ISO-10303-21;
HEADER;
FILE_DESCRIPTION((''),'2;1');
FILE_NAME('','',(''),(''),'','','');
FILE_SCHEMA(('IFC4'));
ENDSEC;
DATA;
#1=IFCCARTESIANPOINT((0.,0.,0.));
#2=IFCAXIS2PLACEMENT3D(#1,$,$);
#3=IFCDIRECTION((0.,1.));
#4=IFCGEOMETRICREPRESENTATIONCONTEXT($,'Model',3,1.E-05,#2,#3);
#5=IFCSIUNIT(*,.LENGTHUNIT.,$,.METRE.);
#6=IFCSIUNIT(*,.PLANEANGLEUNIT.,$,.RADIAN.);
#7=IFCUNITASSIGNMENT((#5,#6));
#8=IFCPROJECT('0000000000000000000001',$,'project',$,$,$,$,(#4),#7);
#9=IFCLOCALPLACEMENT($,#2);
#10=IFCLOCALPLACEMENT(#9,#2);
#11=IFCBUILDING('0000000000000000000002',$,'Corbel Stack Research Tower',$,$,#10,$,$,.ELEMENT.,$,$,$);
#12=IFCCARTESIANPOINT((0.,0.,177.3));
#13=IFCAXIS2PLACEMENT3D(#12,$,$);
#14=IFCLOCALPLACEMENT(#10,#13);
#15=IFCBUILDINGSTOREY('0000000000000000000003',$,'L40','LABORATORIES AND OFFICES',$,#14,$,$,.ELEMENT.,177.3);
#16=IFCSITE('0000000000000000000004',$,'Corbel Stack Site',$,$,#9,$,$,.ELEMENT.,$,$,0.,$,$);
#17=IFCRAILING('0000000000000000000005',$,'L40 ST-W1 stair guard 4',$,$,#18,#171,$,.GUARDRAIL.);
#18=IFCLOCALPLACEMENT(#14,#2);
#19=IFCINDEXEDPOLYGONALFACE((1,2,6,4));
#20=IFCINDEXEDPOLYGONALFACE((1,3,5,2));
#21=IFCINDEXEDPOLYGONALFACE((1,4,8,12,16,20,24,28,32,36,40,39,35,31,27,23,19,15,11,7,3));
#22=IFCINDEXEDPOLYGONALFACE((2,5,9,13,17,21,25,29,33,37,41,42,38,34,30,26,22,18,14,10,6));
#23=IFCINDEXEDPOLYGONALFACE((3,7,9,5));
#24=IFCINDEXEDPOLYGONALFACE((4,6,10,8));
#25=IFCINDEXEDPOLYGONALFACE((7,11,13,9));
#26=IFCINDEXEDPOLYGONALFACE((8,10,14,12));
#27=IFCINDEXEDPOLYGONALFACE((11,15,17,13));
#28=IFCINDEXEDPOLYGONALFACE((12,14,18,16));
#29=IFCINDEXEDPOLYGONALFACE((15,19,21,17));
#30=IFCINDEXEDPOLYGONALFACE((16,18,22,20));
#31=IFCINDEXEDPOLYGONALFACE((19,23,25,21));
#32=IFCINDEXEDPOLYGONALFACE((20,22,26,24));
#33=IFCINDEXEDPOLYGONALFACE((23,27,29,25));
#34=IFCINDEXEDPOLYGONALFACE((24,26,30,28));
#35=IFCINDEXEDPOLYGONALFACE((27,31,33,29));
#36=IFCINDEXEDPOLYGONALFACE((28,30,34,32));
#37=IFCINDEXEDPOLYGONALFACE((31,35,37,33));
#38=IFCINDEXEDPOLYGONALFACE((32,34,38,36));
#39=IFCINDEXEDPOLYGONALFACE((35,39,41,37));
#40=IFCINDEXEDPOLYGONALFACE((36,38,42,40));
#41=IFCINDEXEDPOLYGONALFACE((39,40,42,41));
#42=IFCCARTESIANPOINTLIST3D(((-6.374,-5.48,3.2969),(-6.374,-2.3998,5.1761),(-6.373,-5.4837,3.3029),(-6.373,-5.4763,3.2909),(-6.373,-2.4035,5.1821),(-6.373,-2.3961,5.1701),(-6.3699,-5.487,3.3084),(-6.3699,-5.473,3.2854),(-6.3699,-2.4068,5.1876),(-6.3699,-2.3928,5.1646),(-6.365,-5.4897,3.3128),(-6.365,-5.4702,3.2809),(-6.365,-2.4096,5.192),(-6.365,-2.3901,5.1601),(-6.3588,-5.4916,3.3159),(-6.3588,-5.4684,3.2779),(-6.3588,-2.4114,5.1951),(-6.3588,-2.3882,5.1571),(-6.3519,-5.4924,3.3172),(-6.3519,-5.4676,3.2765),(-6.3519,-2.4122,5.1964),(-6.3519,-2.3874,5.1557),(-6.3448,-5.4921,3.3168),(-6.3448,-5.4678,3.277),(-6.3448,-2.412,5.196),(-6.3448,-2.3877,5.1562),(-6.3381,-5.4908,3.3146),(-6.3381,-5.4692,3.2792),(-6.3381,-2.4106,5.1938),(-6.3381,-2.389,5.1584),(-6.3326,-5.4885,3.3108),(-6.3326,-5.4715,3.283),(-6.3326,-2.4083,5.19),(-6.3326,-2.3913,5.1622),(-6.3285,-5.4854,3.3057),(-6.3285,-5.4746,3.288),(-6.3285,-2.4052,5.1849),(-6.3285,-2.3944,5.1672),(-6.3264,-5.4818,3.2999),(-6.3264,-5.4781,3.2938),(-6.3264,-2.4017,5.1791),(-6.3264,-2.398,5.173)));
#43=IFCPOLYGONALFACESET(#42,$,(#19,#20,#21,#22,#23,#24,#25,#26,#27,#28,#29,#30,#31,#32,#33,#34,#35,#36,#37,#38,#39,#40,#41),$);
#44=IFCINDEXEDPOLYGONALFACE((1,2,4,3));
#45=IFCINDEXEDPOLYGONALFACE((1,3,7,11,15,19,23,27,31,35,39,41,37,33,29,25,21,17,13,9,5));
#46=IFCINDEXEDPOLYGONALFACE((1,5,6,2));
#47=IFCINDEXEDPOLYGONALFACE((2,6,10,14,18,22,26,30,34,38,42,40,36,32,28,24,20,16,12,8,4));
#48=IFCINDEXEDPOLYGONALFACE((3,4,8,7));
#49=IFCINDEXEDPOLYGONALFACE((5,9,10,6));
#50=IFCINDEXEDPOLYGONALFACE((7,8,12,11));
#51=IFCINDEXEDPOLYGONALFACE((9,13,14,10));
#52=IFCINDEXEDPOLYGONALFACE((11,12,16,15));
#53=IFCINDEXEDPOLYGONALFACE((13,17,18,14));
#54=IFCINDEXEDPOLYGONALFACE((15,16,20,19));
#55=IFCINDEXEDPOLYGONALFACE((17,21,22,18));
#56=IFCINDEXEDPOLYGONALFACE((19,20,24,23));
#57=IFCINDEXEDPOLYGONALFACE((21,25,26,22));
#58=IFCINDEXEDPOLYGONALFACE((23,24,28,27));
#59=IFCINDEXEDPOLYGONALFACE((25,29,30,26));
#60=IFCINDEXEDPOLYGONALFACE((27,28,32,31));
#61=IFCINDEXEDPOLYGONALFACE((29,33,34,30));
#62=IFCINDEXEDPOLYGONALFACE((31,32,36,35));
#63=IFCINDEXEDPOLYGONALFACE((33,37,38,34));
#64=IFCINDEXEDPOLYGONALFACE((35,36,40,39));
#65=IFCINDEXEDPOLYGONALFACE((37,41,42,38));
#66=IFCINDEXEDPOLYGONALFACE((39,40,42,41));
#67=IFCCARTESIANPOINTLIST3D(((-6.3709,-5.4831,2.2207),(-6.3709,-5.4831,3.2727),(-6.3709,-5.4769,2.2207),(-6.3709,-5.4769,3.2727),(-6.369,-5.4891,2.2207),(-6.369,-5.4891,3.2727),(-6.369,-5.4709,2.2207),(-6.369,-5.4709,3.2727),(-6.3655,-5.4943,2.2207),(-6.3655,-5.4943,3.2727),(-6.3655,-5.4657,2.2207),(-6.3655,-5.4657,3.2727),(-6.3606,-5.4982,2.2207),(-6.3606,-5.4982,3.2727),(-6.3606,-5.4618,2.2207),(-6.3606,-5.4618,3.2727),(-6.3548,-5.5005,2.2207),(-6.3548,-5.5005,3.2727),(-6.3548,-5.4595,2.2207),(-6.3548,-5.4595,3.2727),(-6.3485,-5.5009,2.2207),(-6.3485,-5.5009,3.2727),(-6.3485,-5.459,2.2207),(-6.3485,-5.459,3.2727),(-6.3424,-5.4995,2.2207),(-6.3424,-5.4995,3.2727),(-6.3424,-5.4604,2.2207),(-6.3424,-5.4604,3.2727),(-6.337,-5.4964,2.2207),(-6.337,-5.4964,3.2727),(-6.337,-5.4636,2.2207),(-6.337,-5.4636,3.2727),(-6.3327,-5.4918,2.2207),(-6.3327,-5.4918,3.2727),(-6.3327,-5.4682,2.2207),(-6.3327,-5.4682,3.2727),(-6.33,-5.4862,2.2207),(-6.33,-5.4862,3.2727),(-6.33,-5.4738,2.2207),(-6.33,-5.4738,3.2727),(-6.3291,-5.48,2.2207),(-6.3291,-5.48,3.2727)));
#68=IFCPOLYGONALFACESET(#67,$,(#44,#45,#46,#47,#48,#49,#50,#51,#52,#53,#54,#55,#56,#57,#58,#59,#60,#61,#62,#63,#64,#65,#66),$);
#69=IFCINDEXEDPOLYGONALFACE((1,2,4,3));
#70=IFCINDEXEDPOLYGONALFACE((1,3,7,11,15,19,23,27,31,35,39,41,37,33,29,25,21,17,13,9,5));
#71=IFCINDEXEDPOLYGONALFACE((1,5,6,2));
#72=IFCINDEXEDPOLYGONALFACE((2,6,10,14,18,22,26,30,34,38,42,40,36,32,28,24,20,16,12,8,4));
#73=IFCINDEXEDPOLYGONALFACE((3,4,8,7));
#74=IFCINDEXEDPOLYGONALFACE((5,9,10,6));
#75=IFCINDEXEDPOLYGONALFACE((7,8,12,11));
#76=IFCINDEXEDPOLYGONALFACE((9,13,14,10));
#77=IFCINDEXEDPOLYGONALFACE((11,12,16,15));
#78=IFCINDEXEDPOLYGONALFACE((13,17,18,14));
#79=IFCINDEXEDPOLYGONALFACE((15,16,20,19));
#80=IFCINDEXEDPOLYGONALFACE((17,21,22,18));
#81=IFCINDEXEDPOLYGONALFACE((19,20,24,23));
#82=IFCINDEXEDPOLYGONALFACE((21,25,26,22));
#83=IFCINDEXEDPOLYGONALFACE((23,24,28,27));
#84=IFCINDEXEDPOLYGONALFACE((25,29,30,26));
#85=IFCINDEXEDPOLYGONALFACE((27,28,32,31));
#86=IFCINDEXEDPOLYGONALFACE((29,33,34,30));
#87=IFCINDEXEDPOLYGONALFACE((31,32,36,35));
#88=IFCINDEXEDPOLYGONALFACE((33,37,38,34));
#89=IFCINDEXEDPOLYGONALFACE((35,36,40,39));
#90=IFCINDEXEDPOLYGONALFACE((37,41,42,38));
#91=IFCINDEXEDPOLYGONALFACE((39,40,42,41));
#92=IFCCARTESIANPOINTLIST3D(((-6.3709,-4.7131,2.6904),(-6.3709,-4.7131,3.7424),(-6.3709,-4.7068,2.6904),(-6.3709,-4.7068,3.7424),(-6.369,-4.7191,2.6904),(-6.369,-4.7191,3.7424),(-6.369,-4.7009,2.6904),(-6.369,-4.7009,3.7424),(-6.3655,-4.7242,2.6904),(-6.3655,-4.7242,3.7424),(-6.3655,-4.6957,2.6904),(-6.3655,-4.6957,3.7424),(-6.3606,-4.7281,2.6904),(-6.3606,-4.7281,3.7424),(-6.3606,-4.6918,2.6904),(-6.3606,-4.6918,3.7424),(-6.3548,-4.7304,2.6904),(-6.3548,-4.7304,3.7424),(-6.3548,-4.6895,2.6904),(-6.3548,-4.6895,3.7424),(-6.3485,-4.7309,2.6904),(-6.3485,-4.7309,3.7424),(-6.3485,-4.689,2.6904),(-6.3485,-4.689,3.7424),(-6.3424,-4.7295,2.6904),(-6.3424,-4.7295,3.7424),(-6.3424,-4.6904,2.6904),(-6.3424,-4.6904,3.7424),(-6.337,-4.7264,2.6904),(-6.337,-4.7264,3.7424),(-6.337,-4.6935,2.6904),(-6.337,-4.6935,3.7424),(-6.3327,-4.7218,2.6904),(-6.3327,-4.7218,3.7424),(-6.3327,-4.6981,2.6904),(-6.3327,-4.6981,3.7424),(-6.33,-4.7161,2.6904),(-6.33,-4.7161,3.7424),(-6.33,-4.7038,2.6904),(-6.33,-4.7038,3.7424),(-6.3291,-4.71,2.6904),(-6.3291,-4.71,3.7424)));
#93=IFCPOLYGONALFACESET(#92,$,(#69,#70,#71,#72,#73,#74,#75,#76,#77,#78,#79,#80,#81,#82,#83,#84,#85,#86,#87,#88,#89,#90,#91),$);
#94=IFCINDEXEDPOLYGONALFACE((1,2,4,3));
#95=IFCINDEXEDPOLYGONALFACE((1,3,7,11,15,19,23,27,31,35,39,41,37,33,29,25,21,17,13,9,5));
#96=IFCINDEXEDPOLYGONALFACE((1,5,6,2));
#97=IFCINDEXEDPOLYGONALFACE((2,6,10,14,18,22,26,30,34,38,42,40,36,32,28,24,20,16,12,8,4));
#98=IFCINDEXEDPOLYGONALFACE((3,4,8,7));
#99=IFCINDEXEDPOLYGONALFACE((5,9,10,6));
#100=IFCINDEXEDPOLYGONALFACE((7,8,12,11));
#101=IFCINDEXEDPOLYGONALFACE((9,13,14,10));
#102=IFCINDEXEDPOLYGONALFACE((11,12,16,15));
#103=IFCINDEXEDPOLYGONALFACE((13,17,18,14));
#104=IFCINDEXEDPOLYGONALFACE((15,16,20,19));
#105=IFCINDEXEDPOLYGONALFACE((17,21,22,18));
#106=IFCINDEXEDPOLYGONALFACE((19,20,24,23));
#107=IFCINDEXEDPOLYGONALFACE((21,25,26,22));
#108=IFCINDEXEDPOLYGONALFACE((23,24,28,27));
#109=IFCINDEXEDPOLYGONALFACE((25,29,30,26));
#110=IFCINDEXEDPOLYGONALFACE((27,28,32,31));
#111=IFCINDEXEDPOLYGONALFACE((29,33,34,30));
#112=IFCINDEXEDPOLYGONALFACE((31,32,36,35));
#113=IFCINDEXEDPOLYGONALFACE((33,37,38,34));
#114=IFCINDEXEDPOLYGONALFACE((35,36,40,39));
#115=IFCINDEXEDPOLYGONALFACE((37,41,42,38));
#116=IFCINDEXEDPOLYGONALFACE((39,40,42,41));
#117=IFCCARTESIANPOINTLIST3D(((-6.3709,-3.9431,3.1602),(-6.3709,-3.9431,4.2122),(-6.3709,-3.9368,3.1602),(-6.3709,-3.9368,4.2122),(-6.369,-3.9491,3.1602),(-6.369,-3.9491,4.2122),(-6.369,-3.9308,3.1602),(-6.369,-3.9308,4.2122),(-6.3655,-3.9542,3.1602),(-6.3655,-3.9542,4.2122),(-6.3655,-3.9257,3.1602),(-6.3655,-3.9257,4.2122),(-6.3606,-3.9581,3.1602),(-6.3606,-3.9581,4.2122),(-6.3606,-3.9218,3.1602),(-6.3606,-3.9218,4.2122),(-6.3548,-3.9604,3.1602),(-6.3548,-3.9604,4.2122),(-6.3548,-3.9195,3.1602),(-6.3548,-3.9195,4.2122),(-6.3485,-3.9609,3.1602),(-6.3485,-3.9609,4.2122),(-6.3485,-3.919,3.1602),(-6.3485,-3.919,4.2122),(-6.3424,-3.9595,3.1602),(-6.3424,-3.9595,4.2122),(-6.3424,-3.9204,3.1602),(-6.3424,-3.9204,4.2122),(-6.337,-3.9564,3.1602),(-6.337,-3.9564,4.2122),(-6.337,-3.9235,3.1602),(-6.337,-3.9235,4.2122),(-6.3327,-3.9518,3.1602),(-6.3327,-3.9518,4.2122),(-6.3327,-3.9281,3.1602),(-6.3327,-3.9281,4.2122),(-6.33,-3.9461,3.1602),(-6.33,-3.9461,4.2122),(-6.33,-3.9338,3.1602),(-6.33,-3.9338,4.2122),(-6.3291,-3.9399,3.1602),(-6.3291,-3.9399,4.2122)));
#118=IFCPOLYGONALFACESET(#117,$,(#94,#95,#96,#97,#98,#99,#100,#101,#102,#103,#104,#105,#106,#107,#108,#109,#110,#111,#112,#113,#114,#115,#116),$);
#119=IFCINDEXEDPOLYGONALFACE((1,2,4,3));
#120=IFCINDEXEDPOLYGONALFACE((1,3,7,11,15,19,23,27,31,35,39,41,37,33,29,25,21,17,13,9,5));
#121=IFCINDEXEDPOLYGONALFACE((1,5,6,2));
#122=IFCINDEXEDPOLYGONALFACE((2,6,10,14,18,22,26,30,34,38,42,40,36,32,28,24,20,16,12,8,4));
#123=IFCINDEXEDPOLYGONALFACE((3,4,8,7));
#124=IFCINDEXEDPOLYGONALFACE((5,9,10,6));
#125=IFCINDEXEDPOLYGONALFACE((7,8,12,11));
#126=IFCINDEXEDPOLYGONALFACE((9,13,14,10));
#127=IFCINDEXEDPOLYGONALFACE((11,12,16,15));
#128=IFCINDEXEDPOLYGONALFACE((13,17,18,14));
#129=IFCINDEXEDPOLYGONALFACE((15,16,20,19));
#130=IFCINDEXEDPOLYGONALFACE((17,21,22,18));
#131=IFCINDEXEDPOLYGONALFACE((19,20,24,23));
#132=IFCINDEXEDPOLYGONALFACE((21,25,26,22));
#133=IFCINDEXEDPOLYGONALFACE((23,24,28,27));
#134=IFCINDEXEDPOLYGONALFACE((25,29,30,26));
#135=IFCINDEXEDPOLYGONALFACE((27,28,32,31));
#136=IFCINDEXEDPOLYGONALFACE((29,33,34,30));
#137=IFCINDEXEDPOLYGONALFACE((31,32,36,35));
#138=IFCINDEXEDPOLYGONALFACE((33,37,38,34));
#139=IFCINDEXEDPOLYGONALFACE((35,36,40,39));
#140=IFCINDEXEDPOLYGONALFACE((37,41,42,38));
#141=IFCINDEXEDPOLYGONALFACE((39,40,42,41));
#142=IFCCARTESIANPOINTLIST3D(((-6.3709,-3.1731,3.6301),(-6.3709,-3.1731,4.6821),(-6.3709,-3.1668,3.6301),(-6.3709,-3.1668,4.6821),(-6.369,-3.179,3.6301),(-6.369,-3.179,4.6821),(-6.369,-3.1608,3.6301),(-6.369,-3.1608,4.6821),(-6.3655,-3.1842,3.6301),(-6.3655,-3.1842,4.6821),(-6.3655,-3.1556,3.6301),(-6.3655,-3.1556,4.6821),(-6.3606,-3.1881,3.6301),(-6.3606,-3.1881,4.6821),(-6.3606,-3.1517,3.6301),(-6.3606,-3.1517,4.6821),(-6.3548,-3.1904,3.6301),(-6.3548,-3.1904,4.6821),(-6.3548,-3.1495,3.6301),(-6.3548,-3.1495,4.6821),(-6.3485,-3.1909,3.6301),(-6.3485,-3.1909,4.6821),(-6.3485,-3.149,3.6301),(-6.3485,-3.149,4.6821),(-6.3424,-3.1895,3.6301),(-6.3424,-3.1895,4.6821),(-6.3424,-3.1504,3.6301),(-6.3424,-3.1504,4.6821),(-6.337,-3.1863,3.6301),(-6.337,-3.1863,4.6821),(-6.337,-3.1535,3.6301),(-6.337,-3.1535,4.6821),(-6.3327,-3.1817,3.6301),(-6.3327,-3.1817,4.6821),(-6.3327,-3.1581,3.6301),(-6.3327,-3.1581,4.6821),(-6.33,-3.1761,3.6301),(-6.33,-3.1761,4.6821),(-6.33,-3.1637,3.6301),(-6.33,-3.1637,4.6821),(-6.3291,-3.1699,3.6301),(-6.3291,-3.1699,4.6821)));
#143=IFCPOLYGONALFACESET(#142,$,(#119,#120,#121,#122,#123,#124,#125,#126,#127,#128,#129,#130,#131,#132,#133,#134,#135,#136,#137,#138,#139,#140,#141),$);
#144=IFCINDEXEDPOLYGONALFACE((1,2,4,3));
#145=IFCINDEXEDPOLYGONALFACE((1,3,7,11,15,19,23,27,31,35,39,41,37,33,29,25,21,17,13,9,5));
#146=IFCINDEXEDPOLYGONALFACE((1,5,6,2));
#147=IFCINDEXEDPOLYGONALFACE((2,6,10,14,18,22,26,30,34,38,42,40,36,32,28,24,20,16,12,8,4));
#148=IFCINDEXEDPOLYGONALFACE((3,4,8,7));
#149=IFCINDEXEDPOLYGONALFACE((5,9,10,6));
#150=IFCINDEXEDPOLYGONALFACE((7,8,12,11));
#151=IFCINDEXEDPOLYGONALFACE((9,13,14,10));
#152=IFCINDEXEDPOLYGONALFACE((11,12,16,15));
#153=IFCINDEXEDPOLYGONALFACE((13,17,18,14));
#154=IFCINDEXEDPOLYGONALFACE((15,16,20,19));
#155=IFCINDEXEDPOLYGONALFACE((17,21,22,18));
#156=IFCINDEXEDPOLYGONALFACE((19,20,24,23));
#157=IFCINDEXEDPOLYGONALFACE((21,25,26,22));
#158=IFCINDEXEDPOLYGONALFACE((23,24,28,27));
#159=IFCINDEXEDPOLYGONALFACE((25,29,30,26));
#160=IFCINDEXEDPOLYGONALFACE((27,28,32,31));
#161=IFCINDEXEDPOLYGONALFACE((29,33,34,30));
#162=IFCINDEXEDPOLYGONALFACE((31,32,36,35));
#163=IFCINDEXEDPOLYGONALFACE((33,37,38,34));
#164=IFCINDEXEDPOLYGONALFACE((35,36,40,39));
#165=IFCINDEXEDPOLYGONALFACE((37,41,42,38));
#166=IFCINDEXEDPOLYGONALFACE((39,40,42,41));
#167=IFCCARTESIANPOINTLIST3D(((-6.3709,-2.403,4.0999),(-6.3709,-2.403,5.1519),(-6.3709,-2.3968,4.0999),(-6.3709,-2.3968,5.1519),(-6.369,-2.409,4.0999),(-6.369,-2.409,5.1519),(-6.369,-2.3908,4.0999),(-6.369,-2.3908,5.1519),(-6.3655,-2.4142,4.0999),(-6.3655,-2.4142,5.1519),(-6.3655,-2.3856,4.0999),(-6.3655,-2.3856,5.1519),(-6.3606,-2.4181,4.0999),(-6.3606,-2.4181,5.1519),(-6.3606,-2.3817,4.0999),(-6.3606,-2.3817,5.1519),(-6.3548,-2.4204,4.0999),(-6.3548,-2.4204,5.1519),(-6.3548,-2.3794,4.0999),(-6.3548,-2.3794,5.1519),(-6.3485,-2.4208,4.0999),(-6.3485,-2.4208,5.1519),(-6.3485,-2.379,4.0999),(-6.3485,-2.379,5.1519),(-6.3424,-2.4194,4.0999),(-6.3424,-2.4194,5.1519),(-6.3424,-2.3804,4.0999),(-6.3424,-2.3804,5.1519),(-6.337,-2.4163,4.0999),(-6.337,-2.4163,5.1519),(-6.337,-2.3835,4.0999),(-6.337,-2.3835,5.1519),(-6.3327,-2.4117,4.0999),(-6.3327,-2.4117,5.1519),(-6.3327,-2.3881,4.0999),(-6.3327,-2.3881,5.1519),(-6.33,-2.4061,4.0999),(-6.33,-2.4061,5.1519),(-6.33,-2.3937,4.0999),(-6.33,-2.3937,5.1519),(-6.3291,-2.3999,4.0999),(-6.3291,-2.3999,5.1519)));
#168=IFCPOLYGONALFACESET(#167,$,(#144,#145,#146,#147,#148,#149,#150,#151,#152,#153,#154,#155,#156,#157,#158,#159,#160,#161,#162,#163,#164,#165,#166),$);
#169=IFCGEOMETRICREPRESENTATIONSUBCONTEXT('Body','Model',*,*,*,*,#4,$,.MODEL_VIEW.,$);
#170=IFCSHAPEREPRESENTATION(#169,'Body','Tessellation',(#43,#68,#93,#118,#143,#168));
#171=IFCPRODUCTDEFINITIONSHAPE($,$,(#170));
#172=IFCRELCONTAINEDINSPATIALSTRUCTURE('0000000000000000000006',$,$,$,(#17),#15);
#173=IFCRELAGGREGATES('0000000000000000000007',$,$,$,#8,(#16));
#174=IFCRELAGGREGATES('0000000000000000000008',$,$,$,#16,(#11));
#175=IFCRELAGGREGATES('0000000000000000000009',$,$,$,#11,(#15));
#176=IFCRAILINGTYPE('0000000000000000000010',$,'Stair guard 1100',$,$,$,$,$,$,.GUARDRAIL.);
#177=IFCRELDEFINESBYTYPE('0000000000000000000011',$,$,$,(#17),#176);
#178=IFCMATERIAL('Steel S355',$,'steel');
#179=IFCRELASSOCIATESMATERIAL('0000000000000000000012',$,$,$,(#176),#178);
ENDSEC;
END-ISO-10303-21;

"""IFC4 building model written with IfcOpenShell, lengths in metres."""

from ifc_helpers import new_model, si_unit, direction, frame, origin, origin_2d, place, context, subcontext, project, spatial, circle, extrude, material, type_object, element, save


model = new_model("IFC4")

# Units and contexts
model_context = context("Model", 3, precision=1e-05, world=origin(), true_north=direction((0.0, 1.0)))
body_context = subcontext(model_context, "Body", "Model", "MODEL_VIEW")
ifc_project = project(units=[si_unit("LENGTHUNIT", "METRE"), si_unit("PLANEANGLEUNIT", "RADIAN")], contexts=[model_context])

# Site, building, storey
site_placement = place(None, origin())
site = spatial("IfcSite", under=ifc_project, at=site_placement, Name="Corbel Stack Site", CompositionType="ELEMENT", RefElevation=0.0)
building_placement = place(site_placement, origin())
building = spatial("IfcBuilding", under=site, at=building_placement, Name="Corbel Stack Research Tower", CompositionType="ELEMENT")
storey_placement = place(building_placement, frame((0.0, 0.0, 177.3)))
storey = spatial("IfcBuildingStorey", under=building, at=storey_placement, Name="L40", Description="LABORATORIES AND OFFICES", CompositionType="ELEMENT", Elevation=177.3)

# Railing
ifc_material_1 = material(Name="Steel S355", Category="steel")
railing_type_1 = type_object("IfcRailingType", Name="Stair guard 1100", PredefinedType="GUARDRAIL", material=ifc_material_1)
railing_1_placement = place(storey_placement, frame((-6.3501, -5.48, 2.2207)))
element("IfcRailing", 1, at=railing_1_placement, inside=storey, type_object=railing_type_1, Name="L40 ST-W1 stair guard 4", PredefinedType="GUARDRAIL", context=body_context, shape_type="SweptSolid", body=[
    extrude(circle(Radius=0.0239, at=origin_2d()), frame((0.0, 0.0, 1.0762), z_axis=(0.0, 0.853666, 0.52082), x_axis=(-1.0, 0.0, 0.0)), (0.0, 0.0, 1.0), 3.6082),
    extrude(circle(Radius=0.021, at=origin_2d()), origin(), (0.0, 0.0, 1.0), 1.052),
    extrude(circle(Radius=0.021, at=origin_2d()), frame((0.0, 0.77, 0.4697)), (0.0, 0.0, 1.0), 1.052),
    extrude(circle(Radius=0.021, at=origin_2d()), frame((0.0, 1.54, 0.9395)), (0.0, 0.0, 1.0), 1.052),
    extrude(circle(Radius=0.021, at=origin_2d()), frame((0.0, 2.3101, 1.4094)), (0.0, 0.0, 1.0), 1.052),
    extrude(circle(Radius=0.021, at=origin_2d()), frame((0.0, 3.0801, 1.8792)), (0.0, 0.0, 1.0), 1.052),
])

save(model, "model.ifc")
